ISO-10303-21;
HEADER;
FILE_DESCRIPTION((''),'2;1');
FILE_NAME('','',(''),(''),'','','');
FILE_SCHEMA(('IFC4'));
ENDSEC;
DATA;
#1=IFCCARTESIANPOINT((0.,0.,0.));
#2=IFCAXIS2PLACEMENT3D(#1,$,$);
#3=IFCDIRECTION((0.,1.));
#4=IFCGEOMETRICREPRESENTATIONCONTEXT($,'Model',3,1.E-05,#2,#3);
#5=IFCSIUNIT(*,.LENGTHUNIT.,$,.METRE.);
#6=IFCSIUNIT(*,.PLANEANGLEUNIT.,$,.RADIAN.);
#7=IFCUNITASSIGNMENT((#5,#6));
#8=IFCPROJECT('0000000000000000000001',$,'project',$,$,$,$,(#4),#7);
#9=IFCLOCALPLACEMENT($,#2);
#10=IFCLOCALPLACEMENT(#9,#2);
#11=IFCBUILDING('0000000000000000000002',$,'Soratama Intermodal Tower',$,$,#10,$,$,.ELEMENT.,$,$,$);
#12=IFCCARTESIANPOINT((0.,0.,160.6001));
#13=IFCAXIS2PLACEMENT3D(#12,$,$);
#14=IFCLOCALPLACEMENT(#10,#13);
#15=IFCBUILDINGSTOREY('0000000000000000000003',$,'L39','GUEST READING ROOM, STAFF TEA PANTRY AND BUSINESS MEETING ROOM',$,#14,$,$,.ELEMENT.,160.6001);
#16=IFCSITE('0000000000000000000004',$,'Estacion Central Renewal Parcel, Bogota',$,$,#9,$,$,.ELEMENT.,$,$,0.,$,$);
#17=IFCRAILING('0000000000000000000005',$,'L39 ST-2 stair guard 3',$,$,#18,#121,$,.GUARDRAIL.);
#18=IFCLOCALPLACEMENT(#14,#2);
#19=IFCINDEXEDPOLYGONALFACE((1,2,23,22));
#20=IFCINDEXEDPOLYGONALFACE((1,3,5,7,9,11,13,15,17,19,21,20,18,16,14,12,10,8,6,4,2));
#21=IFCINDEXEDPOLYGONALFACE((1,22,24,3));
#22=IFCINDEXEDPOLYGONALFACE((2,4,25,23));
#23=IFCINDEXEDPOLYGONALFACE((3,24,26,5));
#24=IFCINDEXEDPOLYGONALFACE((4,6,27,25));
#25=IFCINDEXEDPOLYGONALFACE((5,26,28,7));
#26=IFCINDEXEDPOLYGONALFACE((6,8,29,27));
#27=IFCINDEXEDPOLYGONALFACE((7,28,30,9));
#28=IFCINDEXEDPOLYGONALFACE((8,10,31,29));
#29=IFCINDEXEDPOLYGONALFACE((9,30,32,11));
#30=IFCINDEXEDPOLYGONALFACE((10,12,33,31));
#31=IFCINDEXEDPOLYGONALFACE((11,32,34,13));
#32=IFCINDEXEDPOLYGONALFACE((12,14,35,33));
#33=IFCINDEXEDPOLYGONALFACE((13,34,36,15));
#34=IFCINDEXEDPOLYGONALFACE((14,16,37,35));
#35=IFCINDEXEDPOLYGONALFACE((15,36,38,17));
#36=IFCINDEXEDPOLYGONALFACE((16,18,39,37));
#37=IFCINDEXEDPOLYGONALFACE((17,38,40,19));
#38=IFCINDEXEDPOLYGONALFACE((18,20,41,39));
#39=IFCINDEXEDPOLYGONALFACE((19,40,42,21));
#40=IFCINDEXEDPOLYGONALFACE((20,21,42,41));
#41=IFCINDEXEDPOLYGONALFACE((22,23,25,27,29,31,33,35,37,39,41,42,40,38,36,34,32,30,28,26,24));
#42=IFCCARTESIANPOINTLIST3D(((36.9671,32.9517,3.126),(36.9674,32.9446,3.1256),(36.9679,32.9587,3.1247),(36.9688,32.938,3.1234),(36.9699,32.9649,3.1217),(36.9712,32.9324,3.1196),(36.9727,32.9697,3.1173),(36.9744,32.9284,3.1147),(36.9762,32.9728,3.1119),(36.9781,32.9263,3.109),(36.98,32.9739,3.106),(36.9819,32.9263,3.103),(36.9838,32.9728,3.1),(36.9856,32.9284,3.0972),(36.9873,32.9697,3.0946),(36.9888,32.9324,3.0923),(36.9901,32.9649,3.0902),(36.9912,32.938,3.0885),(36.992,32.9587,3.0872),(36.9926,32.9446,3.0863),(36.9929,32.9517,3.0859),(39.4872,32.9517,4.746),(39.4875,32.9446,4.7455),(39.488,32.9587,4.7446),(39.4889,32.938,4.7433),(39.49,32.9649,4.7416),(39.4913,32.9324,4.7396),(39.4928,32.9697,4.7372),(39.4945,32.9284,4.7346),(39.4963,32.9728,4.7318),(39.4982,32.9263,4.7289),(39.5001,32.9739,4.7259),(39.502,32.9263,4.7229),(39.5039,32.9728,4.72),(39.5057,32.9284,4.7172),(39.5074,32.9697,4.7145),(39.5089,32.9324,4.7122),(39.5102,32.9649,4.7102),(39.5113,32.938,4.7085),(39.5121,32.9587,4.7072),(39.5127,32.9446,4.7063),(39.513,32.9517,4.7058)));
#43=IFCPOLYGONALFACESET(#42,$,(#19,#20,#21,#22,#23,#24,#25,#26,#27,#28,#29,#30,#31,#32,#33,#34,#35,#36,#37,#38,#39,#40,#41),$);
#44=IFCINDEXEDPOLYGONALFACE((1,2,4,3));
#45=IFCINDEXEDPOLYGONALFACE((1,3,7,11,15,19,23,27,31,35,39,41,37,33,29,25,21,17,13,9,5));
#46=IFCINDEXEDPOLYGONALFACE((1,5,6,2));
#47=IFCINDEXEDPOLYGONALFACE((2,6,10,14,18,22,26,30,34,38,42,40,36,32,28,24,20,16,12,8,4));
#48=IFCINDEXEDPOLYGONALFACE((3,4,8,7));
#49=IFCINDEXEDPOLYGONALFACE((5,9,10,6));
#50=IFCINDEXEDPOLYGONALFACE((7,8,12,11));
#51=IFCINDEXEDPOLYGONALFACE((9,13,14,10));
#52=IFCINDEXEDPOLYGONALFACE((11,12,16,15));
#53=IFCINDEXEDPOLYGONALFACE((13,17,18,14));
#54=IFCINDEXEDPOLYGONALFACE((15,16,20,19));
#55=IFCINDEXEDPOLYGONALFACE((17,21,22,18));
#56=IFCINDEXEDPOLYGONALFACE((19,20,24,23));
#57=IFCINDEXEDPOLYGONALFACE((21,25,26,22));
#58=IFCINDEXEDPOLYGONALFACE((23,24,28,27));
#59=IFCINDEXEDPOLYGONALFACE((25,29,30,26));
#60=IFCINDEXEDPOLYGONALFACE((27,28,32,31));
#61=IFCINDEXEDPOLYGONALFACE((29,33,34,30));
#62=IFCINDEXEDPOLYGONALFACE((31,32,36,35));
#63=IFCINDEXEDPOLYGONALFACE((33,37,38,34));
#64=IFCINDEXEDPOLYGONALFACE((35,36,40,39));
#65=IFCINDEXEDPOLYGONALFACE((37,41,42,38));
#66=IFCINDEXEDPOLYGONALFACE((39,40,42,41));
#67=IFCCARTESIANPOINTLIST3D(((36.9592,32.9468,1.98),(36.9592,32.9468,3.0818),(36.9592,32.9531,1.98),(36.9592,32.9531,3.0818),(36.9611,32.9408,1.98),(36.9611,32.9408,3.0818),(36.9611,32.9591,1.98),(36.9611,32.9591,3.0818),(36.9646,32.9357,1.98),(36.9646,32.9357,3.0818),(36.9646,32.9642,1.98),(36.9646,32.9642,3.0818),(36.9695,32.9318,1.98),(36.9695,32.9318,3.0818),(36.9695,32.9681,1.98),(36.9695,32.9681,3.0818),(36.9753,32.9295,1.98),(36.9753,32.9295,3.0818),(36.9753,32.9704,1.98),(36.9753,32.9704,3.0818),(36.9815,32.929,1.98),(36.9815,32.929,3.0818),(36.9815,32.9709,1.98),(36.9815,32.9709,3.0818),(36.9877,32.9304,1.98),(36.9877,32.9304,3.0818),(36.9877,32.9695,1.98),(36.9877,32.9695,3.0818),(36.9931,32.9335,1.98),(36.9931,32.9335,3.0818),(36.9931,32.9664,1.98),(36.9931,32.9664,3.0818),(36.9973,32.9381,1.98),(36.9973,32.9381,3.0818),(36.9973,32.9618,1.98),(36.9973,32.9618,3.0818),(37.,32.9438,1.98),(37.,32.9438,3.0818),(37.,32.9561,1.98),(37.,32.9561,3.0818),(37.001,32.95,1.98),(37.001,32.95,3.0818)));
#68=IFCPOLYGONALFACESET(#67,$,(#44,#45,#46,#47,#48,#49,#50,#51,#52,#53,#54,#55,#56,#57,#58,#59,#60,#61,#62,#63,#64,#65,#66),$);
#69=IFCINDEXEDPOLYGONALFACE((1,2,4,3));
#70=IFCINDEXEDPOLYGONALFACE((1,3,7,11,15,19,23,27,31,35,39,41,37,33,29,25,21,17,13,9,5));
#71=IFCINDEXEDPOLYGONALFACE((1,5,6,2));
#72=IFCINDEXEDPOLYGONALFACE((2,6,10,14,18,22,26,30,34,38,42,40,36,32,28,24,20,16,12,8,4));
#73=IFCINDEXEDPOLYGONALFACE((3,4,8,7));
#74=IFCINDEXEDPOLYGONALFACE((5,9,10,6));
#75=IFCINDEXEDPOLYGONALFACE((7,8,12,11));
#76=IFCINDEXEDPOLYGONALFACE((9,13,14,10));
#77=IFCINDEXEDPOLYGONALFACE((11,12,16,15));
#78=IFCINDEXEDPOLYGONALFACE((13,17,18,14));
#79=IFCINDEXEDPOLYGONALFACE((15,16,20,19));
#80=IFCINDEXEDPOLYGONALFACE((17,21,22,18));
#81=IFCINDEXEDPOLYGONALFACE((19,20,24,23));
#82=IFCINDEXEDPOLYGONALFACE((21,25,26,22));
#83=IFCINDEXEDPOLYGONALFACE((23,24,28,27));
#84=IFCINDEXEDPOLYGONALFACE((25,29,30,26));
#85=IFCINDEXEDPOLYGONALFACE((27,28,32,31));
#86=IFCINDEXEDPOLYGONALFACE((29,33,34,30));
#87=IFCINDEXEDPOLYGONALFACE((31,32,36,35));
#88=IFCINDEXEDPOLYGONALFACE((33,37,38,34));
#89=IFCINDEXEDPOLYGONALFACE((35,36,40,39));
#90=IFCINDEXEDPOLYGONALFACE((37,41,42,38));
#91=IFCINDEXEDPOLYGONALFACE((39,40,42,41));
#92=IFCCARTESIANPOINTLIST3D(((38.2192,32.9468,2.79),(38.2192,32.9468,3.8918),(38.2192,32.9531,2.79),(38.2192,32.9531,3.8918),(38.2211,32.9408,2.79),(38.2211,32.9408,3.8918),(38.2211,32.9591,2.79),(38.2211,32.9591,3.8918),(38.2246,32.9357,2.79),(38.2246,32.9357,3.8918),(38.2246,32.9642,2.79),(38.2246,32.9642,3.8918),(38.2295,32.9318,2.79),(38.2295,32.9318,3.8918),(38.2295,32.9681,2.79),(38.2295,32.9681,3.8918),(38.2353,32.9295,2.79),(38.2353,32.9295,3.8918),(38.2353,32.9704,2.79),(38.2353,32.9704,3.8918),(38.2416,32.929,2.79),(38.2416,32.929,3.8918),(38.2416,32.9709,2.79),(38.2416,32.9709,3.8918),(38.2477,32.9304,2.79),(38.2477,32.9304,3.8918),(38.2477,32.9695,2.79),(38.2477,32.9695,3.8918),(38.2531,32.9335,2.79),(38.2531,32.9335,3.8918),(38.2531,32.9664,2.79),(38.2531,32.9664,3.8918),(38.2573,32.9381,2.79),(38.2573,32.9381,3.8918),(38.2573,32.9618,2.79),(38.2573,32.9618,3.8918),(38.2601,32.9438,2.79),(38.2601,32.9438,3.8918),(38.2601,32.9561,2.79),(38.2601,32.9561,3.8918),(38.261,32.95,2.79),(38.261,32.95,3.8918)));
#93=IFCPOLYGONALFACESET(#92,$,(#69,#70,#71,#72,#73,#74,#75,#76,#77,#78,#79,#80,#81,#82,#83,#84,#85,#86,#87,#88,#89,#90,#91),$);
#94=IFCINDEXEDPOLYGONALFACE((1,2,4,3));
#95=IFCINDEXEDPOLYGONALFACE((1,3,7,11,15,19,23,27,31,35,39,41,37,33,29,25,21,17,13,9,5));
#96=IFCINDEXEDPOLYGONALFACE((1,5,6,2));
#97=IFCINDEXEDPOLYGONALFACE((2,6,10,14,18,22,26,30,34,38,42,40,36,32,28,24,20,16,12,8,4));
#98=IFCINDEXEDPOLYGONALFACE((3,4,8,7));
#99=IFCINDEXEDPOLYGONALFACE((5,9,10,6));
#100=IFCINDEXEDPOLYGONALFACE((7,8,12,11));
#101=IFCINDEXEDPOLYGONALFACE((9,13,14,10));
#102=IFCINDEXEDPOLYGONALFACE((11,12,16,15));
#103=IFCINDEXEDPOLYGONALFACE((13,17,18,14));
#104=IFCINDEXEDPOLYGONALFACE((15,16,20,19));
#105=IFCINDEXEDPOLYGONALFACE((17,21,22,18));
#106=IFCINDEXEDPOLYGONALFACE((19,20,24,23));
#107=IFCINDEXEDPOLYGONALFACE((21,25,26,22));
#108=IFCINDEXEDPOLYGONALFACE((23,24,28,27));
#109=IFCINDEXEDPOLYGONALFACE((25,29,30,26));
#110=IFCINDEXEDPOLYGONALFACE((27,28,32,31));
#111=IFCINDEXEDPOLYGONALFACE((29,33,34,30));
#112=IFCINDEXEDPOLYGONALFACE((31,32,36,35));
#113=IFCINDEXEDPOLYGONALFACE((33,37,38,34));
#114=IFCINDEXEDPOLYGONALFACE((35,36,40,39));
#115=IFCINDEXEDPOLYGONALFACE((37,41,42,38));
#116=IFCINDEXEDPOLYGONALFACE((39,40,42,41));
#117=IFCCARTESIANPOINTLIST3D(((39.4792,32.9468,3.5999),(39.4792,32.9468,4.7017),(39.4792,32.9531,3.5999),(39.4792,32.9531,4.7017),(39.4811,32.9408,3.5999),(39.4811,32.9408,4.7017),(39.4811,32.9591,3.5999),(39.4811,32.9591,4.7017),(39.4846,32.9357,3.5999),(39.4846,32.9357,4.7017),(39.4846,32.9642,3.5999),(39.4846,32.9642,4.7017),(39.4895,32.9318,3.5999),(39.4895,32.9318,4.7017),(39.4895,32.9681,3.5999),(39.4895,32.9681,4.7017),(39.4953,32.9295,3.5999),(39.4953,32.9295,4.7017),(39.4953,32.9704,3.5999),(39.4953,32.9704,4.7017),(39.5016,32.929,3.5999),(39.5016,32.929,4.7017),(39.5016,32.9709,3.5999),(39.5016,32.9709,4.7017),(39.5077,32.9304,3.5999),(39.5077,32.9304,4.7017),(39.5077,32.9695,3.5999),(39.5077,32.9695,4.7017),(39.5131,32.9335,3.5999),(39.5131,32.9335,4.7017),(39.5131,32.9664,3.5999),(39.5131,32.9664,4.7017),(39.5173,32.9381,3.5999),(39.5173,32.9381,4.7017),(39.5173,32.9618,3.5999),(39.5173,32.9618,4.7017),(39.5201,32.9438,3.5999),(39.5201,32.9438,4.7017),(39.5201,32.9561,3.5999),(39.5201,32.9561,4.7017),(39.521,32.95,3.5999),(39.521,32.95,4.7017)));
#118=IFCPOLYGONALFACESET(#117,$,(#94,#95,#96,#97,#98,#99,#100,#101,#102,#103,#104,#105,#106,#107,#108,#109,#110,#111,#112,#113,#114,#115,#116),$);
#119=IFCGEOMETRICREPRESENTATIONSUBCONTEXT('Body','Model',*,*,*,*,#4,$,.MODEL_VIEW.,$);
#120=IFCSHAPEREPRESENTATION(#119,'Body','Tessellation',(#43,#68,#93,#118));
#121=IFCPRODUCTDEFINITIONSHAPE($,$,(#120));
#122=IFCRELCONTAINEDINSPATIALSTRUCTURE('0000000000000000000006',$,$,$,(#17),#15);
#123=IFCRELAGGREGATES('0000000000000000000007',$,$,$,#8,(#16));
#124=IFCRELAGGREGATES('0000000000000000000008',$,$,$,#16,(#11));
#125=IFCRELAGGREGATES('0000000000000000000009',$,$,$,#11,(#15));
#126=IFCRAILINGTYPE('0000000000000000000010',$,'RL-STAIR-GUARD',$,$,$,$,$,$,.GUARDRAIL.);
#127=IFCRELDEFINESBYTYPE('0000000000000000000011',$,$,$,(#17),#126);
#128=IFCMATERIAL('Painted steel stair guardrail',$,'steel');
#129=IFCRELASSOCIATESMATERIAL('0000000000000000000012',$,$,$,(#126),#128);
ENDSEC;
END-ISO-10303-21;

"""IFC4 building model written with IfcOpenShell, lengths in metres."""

from ifc_helpers import new_model, si_unit, direction, frame, origin, origin_2d, place, context, subcontext, project, spatial, circle, extrude, material, type_object, element, save


model = new_model("IFC4")

# Units and contexts
model_context = context("Model", 3, precision=1e-05, world=origin(), true_north=direction((0.0, 1.0)))
body_context = subcontext(model_context, "Body", "Model", "MODEL_VIEW")
ifc_project = project(units=[si_unit("LENGTHUNIT", "METRE"), si_unit("PLANEANGLEUNIT", "RADIAN")], contexts=[model_context])

# Site, building, storey
site_placement = place(None, origin())
site = spatial("IfcSite", under=ifc_project, at=site_placement, Name="Estacion Central Renewal Parcel, Bogota", CompositionType="ELEMENT", RefElevation=0.0)
building_placement = place(site_placement, origin())
building = spatial("IfcBuilding", under=site, at=building_placement, Name="Soratama Intermodal Tower", CompositionType="ELEMENT")
storey_placement = place(building_placement, frame((0.0, 0.0, 160.6001)))
storey = spatial("IfcBuildingStorey", under=building, at=storey_placement, Name="L39", Description="GUEST READING ROOM, STAFF TEA PANTRY AND BUSINESS MEETING ROOM", CompositionType="ELEMENT", Elevation=160.6001)

# Railing
ifc_material_1 = material(Name="Painted steel stair guardrail", Category="steel")
railing_type_1 = type_object("IfcRailingType", Name="RL-STAIR-GUARD", PredefinedType="GUARDRAIL", material=ifc_material_1)
railing_1_placement = place(storey_placement, frame((36.98, 32.95, 1.98)))
element("IfcRailing", 1, at=railing_1_placement, inside=storey, type_object=railing_type_1, Name="L39 ST-2 stair guard 3", PredefinedType="GUARDRAIL", context=body_context, shape_type="SweptSolid", body=[
    extrude(circle(Radius=0.0239, at=origin_2d()), frame((0.0, 0.0, 1.126), z_axis=(0.8412, 0.0, 0.540725), x_axis=(0.0, 1.0, 0.0)), (0.0, 0.0, 1.0), 2.9958),
    extrude(circle(Radius=0.021, at=origin_2d()), origin(), (0.0, 0.0, 1.0), 1.1018),
    extrude(circle(Radius=0.021, at=origin_2d()), frame((1.26, 0.0, 0.8101)), (0.0, 0.0, 1.0), 1.1018),
    extrude(circle(Radius=0.021, at=origin_2d()), frame((2.52, 0.0, 1.6199)), (0.0, 0.0, 1.0), 1.1018),
])

save(model, "model.ifc")
